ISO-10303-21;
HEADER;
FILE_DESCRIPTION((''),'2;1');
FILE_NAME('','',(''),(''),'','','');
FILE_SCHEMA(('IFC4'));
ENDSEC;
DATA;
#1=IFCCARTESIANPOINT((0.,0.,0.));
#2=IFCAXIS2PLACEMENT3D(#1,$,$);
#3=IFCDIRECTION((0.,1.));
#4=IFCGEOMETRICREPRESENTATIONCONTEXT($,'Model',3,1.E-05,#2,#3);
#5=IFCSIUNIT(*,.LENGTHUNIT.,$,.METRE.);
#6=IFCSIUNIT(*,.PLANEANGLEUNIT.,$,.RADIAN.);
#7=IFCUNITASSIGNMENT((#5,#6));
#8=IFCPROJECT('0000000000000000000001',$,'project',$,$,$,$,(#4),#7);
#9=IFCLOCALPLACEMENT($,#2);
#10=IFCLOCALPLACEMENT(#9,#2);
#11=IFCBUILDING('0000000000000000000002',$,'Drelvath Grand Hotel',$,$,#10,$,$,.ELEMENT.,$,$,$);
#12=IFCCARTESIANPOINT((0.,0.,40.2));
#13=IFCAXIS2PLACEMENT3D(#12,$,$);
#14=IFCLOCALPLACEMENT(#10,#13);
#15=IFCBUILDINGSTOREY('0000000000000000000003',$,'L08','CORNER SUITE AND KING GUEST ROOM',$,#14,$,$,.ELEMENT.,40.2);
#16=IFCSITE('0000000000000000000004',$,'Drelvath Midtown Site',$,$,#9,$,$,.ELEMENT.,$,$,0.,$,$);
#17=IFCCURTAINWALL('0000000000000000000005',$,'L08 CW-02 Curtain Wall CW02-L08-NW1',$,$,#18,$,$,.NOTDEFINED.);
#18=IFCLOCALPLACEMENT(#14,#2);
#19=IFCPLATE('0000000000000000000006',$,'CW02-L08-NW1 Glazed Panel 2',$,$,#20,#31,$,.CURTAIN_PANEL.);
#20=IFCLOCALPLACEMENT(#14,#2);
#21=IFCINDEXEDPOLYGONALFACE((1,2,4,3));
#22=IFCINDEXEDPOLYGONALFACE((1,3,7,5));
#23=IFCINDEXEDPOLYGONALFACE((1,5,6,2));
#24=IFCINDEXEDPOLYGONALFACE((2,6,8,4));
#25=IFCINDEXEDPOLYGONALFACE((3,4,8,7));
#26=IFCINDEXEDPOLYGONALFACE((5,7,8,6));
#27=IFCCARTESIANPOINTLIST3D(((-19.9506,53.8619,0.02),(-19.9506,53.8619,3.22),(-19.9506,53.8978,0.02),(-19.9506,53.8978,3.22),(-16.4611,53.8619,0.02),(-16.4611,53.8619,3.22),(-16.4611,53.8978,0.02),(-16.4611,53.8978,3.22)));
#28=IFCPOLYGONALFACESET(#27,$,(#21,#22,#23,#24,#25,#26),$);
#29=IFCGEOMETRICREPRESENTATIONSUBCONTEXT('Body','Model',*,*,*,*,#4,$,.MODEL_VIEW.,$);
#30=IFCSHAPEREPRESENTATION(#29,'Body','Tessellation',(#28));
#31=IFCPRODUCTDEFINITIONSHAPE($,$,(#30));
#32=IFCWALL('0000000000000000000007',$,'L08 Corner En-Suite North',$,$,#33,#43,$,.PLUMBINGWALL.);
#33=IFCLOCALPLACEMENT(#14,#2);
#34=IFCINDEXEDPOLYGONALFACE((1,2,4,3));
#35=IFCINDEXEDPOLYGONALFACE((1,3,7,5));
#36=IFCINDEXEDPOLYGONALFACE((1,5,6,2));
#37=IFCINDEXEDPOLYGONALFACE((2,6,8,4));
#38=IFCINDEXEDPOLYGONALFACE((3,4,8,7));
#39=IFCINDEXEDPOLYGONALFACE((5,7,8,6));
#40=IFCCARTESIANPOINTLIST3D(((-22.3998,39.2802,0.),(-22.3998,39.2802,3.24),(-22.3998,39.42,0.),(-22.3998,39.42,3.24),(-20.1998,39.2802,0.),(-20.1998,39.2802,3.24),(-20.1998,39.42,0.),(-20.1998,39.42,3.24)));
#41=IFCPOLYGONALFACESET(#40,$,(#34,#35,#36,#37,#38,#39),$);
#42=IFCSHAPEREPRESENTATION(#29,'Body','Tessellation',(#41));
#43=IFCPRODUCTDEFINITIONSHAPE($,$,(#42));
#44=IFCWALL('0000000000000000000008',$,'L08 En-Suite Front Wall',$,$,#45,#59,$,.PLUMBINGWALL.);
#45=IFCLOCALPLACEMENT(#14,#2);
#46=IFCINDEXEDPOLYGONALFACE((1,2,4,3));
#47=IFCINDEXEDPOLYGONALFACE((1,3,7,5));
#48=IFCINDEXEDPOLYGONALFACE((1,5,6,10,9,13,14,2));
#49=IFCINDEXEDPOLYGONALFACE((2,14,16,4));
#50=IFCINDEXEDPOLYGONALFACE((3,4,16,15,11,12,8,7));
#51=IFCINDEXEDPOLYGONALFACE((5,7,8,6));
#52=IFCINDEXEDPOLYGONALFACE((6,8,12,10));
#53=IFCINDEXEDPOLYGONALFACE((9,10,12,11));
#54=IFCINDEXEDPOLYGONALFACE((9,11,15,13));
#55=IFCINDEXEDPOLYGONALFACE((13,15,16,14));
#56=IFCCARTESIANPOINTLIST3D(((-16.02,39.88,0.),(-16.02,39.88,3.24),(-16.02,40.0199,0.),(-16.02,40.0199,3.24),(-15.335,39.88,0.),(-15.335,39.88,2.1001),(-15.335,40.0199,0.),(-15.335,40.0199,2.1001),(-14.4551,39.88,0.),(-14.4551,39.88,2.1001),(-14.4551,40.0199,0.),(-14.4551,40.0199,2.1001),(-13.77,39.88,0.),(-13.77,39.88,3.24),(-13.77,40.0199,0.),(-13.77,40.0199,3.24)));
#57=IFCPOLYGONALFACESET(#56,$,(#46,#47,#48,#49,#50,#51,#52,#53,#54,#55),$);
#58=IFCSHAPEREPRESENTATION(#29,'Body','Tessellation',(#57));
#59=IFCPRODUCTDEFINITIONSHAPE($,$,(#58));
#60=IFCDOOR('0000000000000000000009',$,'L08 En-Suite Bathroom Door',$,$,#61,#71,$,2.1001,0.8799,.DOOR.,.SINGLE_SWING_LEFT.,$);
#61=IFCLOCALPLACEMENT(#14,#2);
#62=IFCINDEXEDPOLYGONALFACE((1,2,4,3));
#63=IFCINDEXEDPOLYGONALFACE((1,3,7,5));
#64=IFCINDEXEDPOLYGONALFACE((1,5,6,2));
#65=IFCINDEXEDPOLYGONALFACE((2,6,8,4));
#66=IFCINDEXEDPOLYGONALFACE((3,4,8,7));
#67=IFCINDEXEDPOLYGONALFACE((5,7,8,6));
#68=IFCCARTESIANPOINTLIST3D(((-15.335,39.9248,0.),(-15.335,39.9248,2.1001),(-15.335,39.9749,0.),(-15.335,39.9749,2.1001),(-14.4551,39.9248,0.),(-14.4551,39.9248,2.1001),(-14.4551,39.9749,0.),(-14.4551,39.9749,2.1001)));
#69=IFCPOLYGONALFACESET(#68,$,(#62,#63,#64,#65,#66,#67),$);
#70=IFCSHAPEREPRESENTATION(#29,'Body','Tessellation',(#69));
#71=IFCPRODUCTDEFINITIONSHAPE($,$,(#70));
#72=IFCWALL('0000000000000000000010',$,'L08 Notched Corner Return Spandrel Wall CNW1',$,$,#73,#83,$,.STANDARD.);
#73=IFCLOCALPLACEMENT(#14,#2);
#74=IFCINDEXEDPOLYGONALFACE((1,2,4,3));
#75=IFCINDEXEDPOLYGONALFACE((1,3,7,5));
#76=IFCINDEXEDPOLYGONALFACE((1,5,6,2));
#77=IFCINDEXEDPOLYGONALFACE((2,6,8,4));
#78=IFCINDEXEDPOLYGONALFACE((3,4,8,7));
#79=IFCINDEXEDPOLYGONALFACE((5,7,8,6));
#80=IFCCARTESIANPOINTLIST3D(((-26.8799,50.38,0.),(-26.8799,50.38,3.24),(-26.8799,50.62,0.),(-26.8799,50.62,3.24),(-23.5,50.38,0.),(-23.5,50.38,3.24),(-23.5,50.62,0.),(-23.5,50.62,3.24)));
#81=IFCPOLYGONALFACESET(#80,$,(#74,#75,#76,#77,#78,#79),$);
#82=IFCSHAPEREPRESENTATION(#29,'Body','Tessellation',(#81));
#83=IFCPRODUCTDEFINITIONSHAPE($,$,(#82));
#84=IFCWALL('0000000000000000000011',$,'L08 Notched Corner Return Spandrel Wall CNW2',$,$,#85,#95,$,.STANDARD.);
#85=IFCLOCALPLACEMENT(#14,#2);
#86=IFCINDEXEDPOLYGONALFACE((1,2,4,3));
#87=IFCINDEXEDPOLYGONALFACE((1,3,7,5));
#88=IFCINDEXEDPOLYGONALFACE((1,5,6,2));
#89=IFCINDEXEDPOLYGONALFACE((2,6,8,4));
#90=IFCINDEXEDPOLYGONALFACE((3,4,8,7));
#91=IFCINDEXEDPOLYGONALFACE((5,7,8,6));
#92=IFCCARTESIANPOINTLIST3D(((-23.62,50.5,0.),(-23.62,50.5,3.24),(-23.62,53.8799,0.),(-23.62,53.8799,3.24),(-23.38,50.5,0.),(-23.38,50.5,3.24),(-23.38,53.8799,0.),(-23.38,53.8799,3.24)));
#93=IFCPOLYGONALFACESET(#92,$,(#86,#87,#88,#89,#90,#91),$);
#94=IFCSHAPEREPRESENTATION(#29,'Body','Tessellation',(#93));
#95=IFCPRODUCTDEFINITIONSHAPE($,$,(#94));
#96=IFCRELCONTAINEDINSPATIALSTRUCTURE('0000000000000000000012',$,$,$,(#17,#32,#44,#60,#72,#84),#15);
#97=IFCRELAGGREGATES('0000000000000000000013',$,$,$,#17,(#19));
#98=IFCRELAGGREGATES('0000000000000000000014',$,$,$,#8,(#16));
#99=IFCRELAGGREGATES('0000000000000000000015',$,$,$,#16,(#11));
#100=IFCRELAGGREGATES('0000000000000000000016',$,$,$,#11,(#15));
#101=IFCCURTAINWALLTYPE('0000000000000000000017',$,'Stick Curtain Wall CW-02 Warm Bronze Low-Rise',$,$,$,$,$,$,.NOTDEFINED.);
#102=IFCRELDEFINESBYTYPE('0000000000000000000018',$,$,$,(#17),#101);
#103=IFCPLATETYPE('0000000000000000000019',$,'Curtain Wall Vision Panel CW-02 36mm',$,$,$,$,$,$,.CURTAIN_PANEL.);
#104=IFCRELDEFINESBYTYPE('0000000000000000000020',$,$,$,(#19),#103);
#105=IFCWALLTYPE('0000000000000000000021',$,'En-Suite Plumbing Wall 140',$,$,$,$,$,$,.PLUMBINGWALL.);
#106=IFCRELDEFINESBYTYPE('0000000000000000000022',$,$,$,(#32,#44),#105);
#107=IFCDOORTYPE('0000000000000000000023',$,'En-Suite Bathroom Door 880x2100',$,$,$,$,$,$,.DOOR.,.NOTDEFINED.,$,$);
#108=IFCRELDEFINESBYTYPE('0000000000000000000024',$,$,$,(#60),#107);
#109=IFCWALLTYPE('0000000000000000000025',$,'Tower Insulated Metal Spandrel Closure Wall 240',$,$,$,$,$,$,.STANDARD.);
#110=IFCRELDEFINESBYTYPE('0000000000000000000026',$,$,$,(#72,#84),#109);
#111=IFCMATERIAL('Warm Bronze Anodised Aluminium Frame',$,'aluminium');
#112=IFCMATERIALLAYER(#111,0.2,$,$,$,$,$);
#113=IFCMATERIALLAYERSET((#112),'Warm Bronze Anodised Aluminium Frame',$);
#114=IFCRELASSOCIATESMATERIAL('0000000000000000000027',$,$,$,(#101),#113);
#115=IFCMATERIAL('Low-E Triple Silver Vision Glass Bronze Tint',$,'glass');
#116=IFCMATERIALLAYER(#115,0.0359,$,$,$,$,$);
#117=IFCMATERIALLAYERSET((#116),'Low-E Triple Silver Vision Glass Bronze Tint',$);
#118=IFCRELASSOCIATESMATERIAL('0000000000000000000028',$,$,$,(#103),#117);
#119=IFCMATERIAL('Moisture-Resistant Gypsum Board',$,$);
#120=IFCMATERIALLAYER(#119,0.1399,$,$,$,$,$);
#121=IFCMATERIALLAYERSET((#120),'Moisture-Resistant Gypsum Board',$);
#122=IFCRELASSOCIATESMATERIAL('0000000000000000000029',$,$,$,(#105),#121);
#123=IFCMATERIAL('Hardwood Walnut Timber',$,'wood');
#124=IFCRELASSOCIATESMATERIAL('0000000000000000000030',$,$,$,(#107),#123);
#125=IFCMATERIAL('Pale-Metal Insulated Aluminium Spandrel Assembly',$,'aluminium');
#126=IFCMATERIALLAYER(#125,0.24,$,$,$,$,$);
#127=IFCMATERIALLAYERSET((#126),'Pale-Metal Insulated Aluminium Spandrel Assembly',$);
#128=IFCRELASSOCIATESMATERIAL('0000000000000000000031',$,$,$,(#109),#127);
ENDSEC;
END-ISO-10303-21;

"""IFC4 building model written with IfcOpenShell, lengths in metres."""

from ifc_helpers import new_model, si_unit, direction, frame, frame_2d, origin, origin_2d, place, context, subcontext, project, spatial, rectangle, extrude, material, layer, layer_set, type_object, element, fill, aggregate, save


model = new_model("IFC4")

# Units and contexts
model_context = context("Model", 3, precision=1e-05, world=origin(), true_north=direction((0.0, 1.0)))
body_context = subcontext(model_context, "Body", "Model", "MODEL_VIEW")
ifc_project = project(units=[si_unit("LENGTHUNIT", "METRE"), si_unit("PLANEANGLEUNIT", "RADIAN")], contexts=[model_context])

# Site, building, storey
site_placement = place(None, origin())
site = spatial("IfcSite", under=ifc_project, at=site_placement, Name="Drelvath Midtown Site", CompositionType="ELEMENT", RefElevation=0.0)
building_placement = place(site_placement, origin())
building = spatial("IfcBuilding", under=site, at=building_placement, Name="Drelvath Grand Hotel", CompositionType="ELEMENT")
storey_placement = place(building_placement, frame((0.0, 0.0, 40.2)))
storey = spatial("IfcBuildingStorey", under=building, at=storey_placement, Name="L08", Description="CORNER SUITE AND KING GUEST ROOM", CompositionType="ELEMENT", Elevation=40.2)

# Curtain wall
ifc_material_1 = material(Name="Warm Bronze Anodised Aluminium Frame", Category="aluminium")
ifc_layer_1 = layer(ifc_material_1, 0.2)
ifc_layer_set_1 = layer_set([ifc_layer_1], Name="Warm Bronze Anodised Aluminium Frame")
curtain_wall_type = type_object("IfcCurtainWallType", Name="Stick Curtain Wall CW-02 Warm Bronze Low-Rise", PredefinedType="NOTDEFINED", material=ifc_layer_set_1)
curtain_wall_1_placement = place(storey_placement, origin())
curtain_wall_1 = element("IfcCurtainWall", 1, at=curtain_wall_1_placement, inside=storey, type_object=curtain_wall_type, Name="L08 CW-02 Curtain Wall CW02-L08-NW1", PredefinedType="NOTDEFINED")

# Plate
ifc_material_2 = material(Name="Low-E Triple Silver Vision Glass Bronze Tint", Category="glass")
ifc_layer_2 = layer(ifc_material_2, 0.0359)
ifc_layer_set_2 = layer_set([ifc_layer_2], Name="Low-E Triple Silver Vision Glass Bronze Tint")
plate_type = type_object("IfcPlateType", Name="Curtain Wall Vision Panel CW-02 36mm", PredefinedType="CURTAIN_PANEL", material=ifc_layer_set_2)
plate_1_placement = place(storey_placement, frame((-18.2058, 53.8799, 0.02), z_axis=(0.0, 0.0, 1.0), x_axis=(1.0, 0.0, 0.0)))
plate_1 = element("IfcPlate", 2, at=plate_1_placement, type_object=plate_type, Name="CW02-L08-NW1 Glazed Panel 2", PredefinedType="CURTAIN_PANEL", context=body_context, shape_type="SweptSolid", body=[
    extrude(rectangle(XDim=3.4895, YDim=0.0359, at=origin_2d()), origin(), (0.0, 0.0, 1.0), 3.2),
])
aggregate(curtain_wall_1, [plate_1])

# Wall
ifc_material_3 = material(Name="Moisture-Resistant Gypsum Board")
ifc_layer_3 = layer(ifc_material_3, 0.1399)
ifc_layer_set_3 = layer_set([ifc_layer_3], Name="Moisture-Resistant Gypsum Board")
wall_type_1 = type_object("IfcWallType", Name="En-Suite Plumbing Wall 140", PredefinedType="PLUMBINGWALL", material=ifc_layer_set_3)
wall_1_placement = place(storey_placement, frame((-22.3999, 39.3501, 0.0), z_axis=(0.0, 0.0, 1.0), x_axis=(1.0, 0.0, 0.0)))
element("IfcWall", 3, at=wall_1_placement, inside=storey, type_object=wall_type_1, Name="L08 Corner En-Suite North", PredefinedType="PLUMBINGWALL", context=body_context, shape_type="SweptSolid", body=[
    extrude(rectangle(XDim=2.2, YDim=0.1399, at=frame_2d((1.1001, 0.0))), origin(), (0.0, 0.0, 1.0), 3.24),
])

# Wall, opening, door
wall_2_placement = place(storey_placement, frame((-16.02, 39.95, 0.0), z_axis=(0.0, 0.0, 1.0), x_axis=(1.0, 0.0, 0.0)))
wall_2 = element("IfcWall", 4, at=wall_2_placement, inside=storey, type_object=wall_type_1, Name="L08 En-Suite Front Wall", PredefinedType="PLUMBINGWALL", context=body_context, shape_type="SweptSolid", body=[
    extrude(rectangle(XDim=2.25, YDim=0.1399, at=frame_2d((1.125, 0.0))), origin(), (0.0, 0.0, 1.0), 3.24),
])
opening_placement = place(wall_2_placement, frame((0.6851, 0.0, 0.0)))
opening = element("IfcOpeningElement", 5, at=opening_placement, cuts=wall_2, PredefinedType="OPENING", context=body_context, shape_type="SweptSolid", body=[
    extrude(rectangle(XDim=0.8799, YDim=2.1001, at=frame_2d((0.4399, 1.05))), frame((0.0, 0.0798, 0.0), z_axis=(0.0, -1.0, 0.0), x_axis=(1.0, 0.0, 0.0)), (0.0, 0.0, 1.0), 0.1599),
])
ifc_material_4 = material(Name="Hardwood Walnut Timber", Category="wood")
door_type = type_object("IfcDoorType", Name="En-Suite Bathroom Door 880x2100", OperationType="NOTDEFINED", PredefinedType="DOOR", material=ifc_material_4)
door_placement = place(opening_placement, origin())
door = element("IfcDoor", 6, at=door_placement, inside=storey, type_object=door_type, Name="L08 En-Suite Bathroom Door", OperationType="SINGLE_SWING_LEFT", OverallHeight=2.1001, OverallWidth=0.8799, PredefinedType="DOOR", context=body_context, shape_type="SweptSolid", body=[
    extrude(rectangle(XDim=0.8799, YDim=2.1001, at=frame_2d((0.4399, 1.05))), frame((0.0, 0.0249, 0.0), z_axis=(0.0, -1.0, 0.0), x_axis=(1.0, 0.0, 0.0)), (0.0, 0.0, 1.0), 0.05),
])
fill(opening, door)

# Walls
ifc_material_5 = material(Name="Pale-Metal Insulated Aluminium Spandrel Assembly", Category="aluminium")
ifc_layer_4 = layer(ifc_material_5, 0.24)
ifc_layer_set_4 = layer_set([ifc_layer_4], Name="Pale-Metal Insulated Aluminium Spandrel Assembly")
wall_type_2 = type_object("IfcWallType", Name="Tower Insulated Metal Spandrel Closure Wall 240", PredefinedType="STANDARD", material=ifc_layer_set_4)
for number, where, z_axis, x_axis, name in (
    (7, (-26.8799, 50.5, 0.0), (0.0, 0.0, 1.0), (1.0, 0.0, 0.0), "L08 Notched Corner Return Spandrel Wall CNW1"),
    (8, (-23.5, 50.5, 0.0), (0.0, 0.0, 1.0), (0.0, 1.0, 0.0), "L08 Notched Corner Return Spandrel Wall CNW2"),
):
    element("IfcWall", number, at=place(storey_placement, frame(where, z_axis=z_axis, x_axis=x_axis)), inside=storey, type_object=wall_type_2, Name=name, PredefinedType="STANDARD", context=body_context, shape_type="SweptSolid", body=[
        extrude(rectangle(XDim=3.3799, YDim=0.24, at=frame_2d((1.6899, 0.0))), origin(), (0.0, 0.0, 1.0), 3.24),
    ])

save(model, "model.ifc")
